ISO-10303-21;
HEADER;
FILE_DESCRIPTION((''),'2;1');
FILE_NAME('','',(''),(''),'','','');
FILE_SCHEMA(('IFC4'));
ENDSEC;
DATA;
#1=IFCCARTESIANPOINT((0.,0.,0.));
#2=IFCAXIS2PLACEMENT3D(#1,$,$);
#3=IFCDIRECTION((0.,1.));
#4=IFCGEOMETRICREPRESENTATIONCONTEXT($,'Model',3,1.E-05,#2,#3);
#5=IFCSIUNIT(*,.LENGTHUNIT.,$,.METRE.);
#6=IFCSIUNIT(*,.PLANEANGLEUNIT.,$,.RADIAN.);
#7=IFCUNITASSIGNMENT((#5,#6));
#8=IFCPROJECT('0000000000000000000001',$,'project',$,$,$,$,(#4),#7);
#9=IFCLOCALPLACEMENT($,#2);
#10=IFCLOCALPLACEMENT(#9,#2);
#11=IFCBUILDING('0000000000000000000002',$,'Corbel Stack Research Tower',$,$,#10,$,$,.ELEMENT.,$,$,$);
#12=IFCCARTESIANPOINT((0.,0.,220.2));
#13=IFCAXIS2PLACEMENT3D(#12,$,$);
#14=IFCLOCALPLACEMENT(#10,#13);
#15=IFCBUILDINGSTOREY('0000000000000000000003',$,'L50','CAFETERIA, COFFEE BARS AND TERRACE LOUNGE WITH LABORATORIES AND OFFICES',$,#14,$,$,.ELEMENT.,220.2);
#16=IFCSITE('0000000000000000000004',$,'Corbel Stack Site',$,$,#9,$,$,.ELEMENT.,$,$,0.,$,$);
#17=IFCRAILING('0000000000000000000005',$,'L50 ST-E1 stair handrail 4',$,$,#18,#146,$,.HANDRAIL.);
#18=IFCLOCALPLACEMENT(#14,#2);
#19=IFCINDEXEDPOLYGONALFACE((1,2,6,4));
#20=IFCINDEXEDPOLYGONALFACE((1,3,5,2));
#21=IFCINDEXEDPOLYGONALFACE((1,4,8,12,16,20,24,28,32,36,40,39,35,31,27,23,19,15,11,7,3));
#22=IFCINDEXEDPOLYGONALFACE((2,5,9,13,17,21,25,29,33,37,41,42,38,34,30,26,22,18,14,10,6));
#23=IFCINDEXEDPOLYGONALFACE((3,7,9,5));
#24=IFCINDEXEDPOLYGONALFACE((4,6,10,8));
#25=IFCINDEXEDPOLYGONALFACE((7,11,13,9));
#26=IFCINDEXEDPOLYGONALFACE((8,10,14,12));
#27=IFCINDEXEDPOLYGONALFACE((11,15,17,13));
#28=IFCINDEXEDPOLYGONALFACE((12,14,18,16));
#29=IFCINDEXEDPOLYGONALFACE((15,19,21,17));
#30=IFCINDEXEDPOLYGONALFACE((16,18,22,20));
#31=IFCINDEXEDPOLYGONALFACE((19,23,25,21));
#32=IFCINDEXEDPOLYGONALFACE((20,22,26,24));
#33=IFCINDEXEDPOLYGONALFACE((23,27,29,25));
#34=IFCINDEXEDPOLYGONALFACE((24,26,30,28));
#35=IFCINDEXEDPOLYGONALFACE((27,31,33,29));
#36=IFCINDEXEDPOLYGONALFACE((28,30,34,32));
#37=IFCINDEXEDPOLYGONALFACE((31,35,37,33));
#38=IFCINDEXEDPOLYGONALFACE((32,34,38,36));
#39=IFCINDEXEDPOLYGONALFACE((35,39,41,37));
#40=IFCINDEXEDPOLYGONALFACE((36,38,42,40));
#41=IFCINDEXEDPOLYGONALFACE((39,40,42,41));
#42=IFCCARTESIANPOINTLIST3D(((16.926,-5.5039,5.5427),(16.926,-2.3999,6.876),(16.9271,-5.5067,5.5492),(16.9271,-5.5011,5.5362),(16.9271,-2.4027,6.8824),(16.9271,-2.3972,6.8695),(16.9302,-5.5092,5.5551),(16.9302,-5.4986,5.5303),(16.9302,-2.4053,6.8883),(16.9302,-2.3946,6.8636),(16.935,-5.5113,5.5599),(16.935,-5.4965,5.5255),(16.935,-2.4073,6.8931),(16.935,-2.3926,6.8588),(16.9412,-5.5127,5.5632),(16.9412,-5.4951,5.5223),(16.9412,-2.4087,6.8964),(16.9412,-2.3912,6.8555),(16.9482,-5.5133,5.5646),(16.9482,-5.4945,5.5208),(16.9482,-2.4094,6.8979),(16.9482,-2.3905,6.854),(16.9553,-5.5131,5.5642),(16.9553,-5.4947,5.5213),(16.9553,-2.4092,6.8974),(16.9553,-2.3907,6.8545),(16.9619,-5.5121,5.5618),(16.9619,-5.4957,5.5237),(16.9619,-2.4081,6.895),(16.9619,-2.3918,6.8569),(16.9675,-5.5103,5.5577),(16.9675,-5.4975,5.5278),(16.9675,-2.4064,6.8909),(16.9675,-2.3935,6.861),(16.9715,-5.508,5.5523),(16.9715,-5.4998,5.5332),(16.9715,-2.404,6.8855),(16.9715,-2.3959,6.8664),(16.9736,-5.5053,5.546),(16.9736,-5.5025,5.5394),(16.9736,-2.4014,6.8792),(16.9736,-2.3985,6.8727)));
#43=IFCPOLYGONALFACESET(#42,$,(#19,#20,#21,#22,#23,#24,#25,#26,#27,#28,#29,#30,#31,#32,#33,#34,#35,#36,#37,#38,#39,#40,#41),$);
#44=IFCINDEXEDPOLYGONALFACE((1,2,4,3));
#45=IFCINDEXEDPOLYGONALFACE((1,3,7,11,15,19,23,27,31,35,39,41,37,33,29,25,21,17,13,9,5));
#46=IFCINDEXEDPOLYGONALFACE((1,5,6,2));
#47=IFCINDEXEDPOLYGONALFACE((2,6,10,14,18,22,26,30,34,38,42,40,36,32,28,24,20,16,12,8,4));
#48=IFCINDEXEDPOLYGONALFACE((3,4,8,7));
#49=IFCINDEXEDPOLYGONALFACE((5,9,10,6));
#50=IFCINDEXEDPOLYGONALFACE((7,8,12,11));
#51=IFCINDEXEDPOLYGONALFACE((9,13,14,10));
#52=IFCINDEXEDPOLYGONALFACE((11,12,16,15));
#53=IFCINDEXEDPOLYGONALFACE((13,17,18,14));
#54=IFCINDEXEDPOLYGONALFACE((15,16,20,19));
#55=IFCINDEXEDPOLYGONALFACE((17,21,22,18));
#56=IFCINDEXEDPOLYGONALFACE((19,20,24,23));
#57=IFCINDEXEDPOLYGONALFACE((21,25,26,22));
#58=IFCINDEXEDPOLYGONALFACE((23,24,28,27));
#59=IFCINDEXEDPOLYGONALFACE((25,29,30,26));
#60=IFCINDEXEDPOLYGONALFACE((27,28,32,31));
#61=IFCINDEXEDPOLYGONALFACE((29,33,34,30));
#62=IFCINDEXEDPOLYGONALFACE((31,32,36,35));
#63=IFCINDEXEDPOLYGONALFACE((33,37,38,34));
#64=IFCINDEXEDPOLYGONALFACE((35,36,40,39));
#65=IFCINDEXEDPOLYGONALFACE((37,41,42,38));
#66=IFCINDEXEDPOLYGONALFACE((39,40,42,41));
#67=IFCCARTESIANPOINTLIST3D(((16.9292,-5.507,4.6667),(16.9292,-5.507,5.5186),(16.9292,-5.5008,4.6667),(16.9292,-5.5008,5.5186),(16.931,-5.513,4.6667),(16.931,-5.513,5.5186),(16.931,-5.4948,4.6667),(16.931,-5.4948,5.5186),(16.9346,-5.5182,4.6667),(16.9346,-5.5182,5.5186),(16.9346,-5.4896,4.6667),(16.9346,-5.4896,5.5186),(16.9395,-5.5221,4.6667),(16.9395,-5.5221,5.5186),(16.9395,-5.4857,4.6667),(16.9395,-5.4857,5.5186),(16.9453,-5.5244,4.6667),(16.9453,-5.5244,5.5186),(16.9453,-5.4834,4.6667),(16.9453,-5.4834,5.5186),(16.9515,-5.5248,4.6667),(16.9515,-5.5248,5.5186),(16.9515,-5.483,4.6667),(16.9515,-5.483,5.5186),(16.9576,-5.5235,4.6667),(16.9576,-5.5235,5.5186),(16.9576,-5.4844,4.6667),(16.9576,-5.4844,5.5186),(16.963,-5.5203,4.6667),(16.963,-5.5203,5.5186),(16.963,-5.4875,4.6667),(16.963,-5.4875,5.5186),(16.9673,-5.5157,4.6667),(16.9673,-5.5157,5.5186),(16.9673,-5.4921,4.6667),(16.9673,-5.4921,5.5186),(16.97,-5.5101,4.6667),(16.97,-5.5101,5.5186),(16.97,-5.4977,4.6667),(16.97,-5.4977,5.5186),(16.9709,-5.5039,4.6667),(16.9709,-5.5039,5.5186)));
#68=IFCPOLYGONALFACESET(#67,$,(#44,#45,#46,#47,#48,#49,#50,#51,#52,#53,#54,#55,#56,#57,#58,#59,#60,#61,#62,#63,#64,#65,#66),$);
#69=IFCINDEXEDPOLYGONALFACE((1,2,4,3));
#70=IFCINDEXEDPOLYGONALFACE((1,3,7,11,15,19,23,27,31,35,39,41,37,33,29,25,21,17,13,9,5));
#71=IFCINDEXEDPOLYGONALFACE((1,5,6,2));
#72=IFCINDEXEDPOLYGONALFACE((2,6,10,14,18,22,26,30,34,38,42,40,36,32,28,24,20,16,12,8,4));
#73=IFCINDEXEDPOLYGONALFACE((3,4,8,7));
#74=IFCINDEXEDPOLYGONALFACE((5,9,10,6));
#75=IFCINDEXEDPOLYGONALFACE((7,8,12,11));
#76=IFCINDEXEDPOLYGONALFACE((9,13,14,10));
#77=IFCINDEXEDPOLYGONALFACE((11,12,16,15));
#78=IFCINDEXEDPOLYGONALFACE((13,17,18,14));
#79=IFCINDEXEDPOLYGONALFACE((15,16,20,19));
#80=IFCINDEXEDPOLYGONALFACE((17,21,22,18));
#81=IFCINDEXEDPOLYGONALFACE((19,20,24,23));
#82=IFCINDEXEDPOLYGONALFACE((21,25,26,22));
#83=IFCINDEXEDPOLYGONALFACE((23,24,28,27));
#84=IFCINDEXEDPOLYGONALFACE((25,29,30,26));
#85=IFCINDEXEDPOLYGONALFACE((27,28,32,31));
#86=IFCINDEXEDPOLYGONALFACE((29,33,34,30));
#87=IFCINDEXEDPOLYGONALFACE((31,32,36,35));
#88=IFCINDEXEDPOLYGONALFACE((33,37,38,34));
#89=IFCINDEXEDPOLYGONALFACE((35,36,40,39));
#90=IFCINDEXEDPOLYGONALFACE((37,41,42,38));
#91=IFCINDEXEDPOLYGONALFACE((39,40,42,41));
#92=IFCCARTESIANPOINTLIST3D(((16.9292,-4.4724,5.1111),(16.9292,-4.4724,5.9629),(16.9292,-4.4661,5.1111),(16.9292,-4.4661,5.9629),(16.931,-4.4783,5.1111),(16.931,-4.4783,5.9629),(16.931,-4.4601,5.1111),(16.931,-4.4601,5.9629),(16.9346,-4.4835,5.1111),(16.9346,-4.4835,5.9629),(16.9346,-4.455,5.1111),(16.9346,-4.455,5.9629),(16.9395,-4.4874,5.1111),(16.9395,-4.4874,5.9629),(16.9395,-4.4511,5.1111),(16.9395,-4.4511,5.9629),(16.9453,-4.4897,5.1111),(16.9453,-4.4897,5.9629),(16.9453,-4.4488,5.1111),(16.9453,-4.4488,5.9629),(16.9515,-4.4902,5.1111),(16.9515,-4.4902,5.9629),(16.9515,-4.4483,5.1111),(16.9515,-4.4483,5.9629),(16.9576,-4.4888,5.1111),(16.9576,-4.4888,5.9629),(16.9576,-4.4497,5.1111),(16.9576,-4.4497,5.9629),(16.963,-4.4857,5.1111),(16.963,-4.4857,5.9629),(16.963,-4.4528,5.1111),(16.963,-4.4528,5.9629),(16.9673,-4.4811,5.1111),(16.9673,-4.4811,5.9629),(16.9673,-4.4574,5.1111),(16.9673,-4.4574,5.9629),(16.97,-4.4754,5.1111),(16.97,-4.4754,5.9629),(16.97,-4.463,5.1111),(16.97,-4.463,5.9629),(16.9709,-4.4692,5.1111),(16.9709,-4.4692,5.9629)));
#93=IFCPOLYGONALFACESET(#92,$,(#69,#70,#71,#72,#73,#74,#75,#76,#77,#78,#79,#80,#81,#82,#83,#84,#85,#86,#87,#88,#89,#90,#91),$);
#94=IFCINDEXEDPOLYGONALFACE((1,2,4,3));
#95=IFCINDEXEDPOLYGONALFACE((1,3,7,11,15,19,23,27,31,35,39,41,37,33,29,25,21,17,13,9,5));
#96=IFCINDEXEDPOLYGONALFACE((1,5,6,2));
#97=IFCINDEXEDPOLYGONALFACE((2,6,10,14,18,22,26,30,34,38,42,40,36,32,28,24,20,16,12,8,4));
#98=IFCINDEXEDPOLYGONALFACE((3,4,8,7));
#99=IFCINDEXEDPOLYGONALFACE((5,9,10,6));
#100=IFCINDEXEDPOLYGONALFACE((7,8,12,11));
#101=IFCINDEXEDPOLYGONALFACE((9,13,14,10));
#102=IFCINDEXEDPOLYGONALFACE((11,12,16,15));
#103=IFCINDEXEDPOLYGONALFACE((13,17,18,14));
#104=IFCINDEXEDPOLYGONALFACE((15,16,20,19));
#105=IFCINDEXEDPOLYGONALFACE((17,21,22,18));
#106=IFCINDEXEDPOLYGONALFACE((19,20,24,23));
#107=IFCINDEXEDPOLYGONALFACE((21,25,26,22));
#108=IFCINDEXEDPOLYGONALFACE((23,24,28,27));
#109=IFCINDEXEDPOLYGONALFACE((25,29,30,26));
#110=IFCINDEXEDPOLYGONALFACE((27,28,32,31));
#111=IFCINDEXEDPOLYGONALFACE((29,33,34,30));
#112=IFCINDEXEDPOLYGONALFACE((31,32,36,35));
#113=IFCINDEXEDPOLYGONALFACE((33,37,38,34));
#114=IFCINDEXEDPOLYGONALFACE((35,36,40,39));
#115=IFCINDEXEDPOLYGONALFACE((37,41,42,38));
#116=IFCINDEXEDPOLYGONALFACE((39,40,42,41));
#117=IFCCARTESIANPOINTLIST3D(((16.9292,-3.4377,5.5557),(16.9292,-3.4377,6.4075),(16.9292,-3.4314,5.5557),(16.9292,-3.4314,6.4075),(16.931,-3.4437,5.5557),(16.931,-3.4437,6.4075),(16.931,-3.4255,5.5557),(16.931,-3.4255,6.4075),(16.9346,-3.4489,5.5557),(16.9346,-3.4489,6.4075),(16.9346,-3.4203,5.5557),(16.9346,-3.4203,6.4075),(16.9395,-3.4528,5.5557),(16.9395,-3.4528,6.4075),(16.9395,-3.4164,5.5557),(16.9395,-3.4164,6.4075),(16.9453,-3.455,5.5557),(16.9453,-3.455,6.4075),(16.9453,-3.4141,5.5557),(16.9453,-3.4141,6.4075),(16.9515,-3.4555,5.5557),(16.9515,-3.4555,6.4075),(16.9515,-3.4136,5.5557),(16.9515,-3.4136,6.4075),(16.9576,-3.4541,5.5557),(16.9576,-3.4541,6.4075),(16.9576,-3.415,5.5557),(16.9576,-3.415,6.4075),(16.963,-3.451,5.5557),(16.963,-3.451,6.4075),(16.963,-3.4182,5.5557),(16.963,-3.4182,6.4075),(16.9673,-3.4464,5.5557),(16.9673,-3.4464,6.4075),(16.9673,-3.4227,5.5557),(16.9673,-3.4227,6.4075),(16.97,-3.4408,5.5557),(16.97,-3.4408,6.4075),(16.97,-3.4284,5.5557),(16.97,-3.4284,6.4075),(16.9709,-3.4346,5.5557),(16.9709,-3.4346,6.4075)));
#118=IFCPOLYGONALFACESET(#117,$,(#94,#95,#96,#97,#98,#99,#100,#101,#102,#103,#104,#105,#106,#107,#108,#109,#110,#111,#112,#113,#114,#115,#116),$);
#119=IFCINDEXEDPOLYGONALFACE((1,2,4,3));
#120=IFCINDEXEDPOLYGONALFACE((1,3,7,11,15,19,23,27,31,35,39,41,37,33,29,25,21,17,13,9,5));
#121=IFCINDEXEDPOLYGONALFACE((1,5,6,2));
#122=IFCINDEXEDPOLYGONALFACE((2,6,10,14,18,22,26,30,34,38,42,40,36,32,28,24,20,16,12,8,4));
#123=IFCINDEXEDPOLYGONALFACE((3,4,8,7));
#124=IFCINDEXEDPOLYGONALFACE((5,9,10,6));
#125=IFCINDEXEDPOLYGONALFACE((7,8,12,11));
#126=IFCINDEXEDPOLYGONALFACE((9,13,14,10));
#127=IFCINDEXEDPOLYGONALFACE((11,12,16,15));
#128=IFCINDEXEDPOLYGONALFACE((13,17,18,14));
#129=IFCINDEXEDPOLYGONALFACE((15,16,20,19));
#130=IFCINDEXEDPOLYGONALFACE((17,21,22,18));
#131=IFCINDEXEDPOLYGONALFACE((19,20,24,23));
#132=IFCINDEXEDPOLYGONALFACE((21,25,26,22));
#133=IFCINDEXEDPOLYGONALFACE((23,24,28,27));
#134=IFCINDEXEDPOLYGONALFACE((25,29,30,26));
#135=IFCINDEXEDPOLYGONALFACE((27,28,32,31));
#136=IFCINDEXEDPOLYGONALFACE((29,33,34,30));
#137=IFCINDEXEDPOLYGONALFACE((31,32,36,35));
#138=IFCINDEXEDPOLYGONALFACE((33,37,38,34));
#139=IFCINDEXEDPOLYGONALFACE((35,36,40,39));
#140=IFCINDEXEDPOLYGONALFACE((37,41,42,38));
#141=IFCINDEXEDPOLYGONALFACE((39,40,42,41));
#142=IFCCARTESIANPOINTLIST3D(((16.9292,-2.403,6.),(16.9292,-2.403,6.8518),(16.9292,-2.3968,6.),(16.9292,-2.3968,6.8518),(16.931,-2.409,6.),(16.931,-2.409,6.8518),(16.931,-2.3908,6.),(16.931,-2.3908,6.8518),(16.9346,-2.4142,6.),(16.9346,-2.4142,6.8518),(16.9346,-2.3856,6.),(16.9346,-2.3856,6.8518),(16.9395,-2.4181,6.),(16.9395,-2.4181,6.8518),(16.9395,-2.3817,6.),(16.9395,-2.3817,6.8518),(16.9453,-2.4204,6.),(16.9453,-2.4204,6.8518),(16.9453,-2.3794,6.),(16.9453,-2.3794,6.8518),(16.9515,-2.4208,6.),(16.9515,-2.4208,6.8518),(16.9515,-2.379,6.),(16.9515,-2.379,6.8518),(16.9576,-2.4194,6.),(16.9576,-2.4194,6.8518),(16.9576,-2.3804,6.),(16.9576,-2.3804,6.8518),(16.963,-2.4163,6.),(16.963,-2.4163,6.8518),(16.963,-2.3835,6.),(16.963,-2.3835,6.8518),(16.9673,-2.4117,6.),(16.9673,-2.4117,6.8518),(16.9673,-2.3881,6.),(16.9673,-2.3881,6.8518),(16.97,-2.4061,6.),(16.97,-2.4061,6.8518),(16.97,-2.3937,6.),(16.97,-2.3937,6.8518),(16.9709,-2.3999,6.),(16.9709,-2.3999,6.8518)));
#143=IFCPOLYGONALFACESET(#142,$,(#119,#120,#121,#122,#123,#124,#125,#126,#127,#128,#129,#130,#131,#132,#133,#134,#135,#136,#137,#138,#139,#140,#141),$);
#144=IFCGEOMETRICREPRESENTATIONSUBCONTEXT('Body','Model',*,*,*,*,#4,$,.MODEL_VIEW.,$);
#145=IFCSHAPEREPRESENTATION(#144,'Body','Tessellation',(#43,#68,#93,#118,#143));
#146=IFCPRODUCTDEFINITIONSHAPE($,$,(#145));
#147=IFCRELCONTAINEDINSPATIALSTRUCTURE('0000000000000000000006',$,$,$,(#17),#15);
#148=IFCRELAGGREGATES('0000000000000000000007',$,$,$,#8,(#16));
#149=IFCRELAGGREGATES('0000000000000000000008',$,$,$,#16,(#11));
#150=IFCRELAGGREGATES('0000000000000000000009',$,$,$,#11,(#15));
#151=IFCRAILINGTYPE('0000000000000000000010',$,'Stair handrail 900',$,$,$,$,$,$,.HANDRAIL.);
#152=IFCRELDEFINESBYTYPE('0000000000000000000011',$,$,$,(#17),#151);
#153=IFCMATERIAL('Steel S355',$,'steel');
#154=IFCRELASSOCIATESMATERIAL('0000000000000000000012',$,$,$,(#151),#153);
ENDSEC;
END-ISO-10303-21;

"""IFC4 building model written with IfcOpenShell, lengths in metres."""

from ifc_helpers import new_model, si_unit, direction, frame, origin, origin_2d, place, context, subcontext, project, spatial, circle, extrude, material, type_object, element, save


model = new_model("IFC4")

# Units and contexts
model_context = context("Model", 3, precision=1e-05, world=origin(), true_north=direction((0.0, 1.0)))
body_context = subcontext(model_context, "Body", "Model", "MODEL_VIEW")
ifc_project = project(units=[si_unit("LENGTHUNIT", "METRE"), si_unit("PLANEANGLEUNIT", "RADIAN")], contexts=[model_context])

# Site, building, storey
site_placement = place(None, origin())
site = spatial("IfcSite", under=ifc_project, at=site_placement, Name="Corbel Stack Site", CompositionType="ELEMENT", RefElevation=0.0)
building_placement = place(site_placement, origin())
building = spatial("IfcBuilding", under=site, at=building_placement, Name="Corbel Stack Research Tower", CompositionType="ELEMENT")
storey_placement = place(building_placement, frame((0.0, 0.0, 220.2)))
storey = spatial("IfcBuildingStorey", under=building, at=storey_placement, Name="L50", Description="CAFETERIA, COFFEE BARS AND TERRACE LOUNGE WITH LABORATORIES AND OFFICES", CompositionType="ELEMENT", Elevation=220.2)

# Railing
ifc_material_1 = material(Name="Steel S355", Category="steel")
railing_type_1 = type_object("IfcRailingType", Name="Stair handrail 900", PredefinedType="HANDRAIL", material=ifc_material_1)
railing_1_placement = place(storey_placement, frame((16.95, -5.5039, 4.6667)))
element("IfcRailing", 1, at=railing_1_placement, inside=storey, type_object=railing_type_1, Name="L50 ST-E1 stair handrail 4", PredefinedType="HANDRAIL", context=body_context, shape_type="SweptSolid", body=[
    extrude(circle(Radius=0.0239, at=origin_2d()), frame((0.0, 0.0, 0.876), z_axis=(0.0, 0.918827, 0.394661), x_axis=(-1.0, 0.0, 0.0)), (0.0, 0.0, 1.0), 3.3782),
    extrude(circle(Radius=0.021, at=origin_2d()), origin(), (0.0, 0.0, 1.0), 0.8518),
    extrude(circle(Radius=0.021, at=origin_2d()), frame((0.0, 1.0347, 0.4443)), (0.0, 0.0, 1.0), 0.8518),
    extrude(circle(Radius=0.021, at=origin_2d()), frame((0.0, 2.0693, 0.8889)), (0.0, 0.0, 1.0), 0.8518),
    extrude(circle(Radius=0.021, at=origin_2d()), frame((0.0, 3.104, 1.3333)), (0.0, 0.0, 1.0), 0.8518),
])

save(model, "model.ifc")
